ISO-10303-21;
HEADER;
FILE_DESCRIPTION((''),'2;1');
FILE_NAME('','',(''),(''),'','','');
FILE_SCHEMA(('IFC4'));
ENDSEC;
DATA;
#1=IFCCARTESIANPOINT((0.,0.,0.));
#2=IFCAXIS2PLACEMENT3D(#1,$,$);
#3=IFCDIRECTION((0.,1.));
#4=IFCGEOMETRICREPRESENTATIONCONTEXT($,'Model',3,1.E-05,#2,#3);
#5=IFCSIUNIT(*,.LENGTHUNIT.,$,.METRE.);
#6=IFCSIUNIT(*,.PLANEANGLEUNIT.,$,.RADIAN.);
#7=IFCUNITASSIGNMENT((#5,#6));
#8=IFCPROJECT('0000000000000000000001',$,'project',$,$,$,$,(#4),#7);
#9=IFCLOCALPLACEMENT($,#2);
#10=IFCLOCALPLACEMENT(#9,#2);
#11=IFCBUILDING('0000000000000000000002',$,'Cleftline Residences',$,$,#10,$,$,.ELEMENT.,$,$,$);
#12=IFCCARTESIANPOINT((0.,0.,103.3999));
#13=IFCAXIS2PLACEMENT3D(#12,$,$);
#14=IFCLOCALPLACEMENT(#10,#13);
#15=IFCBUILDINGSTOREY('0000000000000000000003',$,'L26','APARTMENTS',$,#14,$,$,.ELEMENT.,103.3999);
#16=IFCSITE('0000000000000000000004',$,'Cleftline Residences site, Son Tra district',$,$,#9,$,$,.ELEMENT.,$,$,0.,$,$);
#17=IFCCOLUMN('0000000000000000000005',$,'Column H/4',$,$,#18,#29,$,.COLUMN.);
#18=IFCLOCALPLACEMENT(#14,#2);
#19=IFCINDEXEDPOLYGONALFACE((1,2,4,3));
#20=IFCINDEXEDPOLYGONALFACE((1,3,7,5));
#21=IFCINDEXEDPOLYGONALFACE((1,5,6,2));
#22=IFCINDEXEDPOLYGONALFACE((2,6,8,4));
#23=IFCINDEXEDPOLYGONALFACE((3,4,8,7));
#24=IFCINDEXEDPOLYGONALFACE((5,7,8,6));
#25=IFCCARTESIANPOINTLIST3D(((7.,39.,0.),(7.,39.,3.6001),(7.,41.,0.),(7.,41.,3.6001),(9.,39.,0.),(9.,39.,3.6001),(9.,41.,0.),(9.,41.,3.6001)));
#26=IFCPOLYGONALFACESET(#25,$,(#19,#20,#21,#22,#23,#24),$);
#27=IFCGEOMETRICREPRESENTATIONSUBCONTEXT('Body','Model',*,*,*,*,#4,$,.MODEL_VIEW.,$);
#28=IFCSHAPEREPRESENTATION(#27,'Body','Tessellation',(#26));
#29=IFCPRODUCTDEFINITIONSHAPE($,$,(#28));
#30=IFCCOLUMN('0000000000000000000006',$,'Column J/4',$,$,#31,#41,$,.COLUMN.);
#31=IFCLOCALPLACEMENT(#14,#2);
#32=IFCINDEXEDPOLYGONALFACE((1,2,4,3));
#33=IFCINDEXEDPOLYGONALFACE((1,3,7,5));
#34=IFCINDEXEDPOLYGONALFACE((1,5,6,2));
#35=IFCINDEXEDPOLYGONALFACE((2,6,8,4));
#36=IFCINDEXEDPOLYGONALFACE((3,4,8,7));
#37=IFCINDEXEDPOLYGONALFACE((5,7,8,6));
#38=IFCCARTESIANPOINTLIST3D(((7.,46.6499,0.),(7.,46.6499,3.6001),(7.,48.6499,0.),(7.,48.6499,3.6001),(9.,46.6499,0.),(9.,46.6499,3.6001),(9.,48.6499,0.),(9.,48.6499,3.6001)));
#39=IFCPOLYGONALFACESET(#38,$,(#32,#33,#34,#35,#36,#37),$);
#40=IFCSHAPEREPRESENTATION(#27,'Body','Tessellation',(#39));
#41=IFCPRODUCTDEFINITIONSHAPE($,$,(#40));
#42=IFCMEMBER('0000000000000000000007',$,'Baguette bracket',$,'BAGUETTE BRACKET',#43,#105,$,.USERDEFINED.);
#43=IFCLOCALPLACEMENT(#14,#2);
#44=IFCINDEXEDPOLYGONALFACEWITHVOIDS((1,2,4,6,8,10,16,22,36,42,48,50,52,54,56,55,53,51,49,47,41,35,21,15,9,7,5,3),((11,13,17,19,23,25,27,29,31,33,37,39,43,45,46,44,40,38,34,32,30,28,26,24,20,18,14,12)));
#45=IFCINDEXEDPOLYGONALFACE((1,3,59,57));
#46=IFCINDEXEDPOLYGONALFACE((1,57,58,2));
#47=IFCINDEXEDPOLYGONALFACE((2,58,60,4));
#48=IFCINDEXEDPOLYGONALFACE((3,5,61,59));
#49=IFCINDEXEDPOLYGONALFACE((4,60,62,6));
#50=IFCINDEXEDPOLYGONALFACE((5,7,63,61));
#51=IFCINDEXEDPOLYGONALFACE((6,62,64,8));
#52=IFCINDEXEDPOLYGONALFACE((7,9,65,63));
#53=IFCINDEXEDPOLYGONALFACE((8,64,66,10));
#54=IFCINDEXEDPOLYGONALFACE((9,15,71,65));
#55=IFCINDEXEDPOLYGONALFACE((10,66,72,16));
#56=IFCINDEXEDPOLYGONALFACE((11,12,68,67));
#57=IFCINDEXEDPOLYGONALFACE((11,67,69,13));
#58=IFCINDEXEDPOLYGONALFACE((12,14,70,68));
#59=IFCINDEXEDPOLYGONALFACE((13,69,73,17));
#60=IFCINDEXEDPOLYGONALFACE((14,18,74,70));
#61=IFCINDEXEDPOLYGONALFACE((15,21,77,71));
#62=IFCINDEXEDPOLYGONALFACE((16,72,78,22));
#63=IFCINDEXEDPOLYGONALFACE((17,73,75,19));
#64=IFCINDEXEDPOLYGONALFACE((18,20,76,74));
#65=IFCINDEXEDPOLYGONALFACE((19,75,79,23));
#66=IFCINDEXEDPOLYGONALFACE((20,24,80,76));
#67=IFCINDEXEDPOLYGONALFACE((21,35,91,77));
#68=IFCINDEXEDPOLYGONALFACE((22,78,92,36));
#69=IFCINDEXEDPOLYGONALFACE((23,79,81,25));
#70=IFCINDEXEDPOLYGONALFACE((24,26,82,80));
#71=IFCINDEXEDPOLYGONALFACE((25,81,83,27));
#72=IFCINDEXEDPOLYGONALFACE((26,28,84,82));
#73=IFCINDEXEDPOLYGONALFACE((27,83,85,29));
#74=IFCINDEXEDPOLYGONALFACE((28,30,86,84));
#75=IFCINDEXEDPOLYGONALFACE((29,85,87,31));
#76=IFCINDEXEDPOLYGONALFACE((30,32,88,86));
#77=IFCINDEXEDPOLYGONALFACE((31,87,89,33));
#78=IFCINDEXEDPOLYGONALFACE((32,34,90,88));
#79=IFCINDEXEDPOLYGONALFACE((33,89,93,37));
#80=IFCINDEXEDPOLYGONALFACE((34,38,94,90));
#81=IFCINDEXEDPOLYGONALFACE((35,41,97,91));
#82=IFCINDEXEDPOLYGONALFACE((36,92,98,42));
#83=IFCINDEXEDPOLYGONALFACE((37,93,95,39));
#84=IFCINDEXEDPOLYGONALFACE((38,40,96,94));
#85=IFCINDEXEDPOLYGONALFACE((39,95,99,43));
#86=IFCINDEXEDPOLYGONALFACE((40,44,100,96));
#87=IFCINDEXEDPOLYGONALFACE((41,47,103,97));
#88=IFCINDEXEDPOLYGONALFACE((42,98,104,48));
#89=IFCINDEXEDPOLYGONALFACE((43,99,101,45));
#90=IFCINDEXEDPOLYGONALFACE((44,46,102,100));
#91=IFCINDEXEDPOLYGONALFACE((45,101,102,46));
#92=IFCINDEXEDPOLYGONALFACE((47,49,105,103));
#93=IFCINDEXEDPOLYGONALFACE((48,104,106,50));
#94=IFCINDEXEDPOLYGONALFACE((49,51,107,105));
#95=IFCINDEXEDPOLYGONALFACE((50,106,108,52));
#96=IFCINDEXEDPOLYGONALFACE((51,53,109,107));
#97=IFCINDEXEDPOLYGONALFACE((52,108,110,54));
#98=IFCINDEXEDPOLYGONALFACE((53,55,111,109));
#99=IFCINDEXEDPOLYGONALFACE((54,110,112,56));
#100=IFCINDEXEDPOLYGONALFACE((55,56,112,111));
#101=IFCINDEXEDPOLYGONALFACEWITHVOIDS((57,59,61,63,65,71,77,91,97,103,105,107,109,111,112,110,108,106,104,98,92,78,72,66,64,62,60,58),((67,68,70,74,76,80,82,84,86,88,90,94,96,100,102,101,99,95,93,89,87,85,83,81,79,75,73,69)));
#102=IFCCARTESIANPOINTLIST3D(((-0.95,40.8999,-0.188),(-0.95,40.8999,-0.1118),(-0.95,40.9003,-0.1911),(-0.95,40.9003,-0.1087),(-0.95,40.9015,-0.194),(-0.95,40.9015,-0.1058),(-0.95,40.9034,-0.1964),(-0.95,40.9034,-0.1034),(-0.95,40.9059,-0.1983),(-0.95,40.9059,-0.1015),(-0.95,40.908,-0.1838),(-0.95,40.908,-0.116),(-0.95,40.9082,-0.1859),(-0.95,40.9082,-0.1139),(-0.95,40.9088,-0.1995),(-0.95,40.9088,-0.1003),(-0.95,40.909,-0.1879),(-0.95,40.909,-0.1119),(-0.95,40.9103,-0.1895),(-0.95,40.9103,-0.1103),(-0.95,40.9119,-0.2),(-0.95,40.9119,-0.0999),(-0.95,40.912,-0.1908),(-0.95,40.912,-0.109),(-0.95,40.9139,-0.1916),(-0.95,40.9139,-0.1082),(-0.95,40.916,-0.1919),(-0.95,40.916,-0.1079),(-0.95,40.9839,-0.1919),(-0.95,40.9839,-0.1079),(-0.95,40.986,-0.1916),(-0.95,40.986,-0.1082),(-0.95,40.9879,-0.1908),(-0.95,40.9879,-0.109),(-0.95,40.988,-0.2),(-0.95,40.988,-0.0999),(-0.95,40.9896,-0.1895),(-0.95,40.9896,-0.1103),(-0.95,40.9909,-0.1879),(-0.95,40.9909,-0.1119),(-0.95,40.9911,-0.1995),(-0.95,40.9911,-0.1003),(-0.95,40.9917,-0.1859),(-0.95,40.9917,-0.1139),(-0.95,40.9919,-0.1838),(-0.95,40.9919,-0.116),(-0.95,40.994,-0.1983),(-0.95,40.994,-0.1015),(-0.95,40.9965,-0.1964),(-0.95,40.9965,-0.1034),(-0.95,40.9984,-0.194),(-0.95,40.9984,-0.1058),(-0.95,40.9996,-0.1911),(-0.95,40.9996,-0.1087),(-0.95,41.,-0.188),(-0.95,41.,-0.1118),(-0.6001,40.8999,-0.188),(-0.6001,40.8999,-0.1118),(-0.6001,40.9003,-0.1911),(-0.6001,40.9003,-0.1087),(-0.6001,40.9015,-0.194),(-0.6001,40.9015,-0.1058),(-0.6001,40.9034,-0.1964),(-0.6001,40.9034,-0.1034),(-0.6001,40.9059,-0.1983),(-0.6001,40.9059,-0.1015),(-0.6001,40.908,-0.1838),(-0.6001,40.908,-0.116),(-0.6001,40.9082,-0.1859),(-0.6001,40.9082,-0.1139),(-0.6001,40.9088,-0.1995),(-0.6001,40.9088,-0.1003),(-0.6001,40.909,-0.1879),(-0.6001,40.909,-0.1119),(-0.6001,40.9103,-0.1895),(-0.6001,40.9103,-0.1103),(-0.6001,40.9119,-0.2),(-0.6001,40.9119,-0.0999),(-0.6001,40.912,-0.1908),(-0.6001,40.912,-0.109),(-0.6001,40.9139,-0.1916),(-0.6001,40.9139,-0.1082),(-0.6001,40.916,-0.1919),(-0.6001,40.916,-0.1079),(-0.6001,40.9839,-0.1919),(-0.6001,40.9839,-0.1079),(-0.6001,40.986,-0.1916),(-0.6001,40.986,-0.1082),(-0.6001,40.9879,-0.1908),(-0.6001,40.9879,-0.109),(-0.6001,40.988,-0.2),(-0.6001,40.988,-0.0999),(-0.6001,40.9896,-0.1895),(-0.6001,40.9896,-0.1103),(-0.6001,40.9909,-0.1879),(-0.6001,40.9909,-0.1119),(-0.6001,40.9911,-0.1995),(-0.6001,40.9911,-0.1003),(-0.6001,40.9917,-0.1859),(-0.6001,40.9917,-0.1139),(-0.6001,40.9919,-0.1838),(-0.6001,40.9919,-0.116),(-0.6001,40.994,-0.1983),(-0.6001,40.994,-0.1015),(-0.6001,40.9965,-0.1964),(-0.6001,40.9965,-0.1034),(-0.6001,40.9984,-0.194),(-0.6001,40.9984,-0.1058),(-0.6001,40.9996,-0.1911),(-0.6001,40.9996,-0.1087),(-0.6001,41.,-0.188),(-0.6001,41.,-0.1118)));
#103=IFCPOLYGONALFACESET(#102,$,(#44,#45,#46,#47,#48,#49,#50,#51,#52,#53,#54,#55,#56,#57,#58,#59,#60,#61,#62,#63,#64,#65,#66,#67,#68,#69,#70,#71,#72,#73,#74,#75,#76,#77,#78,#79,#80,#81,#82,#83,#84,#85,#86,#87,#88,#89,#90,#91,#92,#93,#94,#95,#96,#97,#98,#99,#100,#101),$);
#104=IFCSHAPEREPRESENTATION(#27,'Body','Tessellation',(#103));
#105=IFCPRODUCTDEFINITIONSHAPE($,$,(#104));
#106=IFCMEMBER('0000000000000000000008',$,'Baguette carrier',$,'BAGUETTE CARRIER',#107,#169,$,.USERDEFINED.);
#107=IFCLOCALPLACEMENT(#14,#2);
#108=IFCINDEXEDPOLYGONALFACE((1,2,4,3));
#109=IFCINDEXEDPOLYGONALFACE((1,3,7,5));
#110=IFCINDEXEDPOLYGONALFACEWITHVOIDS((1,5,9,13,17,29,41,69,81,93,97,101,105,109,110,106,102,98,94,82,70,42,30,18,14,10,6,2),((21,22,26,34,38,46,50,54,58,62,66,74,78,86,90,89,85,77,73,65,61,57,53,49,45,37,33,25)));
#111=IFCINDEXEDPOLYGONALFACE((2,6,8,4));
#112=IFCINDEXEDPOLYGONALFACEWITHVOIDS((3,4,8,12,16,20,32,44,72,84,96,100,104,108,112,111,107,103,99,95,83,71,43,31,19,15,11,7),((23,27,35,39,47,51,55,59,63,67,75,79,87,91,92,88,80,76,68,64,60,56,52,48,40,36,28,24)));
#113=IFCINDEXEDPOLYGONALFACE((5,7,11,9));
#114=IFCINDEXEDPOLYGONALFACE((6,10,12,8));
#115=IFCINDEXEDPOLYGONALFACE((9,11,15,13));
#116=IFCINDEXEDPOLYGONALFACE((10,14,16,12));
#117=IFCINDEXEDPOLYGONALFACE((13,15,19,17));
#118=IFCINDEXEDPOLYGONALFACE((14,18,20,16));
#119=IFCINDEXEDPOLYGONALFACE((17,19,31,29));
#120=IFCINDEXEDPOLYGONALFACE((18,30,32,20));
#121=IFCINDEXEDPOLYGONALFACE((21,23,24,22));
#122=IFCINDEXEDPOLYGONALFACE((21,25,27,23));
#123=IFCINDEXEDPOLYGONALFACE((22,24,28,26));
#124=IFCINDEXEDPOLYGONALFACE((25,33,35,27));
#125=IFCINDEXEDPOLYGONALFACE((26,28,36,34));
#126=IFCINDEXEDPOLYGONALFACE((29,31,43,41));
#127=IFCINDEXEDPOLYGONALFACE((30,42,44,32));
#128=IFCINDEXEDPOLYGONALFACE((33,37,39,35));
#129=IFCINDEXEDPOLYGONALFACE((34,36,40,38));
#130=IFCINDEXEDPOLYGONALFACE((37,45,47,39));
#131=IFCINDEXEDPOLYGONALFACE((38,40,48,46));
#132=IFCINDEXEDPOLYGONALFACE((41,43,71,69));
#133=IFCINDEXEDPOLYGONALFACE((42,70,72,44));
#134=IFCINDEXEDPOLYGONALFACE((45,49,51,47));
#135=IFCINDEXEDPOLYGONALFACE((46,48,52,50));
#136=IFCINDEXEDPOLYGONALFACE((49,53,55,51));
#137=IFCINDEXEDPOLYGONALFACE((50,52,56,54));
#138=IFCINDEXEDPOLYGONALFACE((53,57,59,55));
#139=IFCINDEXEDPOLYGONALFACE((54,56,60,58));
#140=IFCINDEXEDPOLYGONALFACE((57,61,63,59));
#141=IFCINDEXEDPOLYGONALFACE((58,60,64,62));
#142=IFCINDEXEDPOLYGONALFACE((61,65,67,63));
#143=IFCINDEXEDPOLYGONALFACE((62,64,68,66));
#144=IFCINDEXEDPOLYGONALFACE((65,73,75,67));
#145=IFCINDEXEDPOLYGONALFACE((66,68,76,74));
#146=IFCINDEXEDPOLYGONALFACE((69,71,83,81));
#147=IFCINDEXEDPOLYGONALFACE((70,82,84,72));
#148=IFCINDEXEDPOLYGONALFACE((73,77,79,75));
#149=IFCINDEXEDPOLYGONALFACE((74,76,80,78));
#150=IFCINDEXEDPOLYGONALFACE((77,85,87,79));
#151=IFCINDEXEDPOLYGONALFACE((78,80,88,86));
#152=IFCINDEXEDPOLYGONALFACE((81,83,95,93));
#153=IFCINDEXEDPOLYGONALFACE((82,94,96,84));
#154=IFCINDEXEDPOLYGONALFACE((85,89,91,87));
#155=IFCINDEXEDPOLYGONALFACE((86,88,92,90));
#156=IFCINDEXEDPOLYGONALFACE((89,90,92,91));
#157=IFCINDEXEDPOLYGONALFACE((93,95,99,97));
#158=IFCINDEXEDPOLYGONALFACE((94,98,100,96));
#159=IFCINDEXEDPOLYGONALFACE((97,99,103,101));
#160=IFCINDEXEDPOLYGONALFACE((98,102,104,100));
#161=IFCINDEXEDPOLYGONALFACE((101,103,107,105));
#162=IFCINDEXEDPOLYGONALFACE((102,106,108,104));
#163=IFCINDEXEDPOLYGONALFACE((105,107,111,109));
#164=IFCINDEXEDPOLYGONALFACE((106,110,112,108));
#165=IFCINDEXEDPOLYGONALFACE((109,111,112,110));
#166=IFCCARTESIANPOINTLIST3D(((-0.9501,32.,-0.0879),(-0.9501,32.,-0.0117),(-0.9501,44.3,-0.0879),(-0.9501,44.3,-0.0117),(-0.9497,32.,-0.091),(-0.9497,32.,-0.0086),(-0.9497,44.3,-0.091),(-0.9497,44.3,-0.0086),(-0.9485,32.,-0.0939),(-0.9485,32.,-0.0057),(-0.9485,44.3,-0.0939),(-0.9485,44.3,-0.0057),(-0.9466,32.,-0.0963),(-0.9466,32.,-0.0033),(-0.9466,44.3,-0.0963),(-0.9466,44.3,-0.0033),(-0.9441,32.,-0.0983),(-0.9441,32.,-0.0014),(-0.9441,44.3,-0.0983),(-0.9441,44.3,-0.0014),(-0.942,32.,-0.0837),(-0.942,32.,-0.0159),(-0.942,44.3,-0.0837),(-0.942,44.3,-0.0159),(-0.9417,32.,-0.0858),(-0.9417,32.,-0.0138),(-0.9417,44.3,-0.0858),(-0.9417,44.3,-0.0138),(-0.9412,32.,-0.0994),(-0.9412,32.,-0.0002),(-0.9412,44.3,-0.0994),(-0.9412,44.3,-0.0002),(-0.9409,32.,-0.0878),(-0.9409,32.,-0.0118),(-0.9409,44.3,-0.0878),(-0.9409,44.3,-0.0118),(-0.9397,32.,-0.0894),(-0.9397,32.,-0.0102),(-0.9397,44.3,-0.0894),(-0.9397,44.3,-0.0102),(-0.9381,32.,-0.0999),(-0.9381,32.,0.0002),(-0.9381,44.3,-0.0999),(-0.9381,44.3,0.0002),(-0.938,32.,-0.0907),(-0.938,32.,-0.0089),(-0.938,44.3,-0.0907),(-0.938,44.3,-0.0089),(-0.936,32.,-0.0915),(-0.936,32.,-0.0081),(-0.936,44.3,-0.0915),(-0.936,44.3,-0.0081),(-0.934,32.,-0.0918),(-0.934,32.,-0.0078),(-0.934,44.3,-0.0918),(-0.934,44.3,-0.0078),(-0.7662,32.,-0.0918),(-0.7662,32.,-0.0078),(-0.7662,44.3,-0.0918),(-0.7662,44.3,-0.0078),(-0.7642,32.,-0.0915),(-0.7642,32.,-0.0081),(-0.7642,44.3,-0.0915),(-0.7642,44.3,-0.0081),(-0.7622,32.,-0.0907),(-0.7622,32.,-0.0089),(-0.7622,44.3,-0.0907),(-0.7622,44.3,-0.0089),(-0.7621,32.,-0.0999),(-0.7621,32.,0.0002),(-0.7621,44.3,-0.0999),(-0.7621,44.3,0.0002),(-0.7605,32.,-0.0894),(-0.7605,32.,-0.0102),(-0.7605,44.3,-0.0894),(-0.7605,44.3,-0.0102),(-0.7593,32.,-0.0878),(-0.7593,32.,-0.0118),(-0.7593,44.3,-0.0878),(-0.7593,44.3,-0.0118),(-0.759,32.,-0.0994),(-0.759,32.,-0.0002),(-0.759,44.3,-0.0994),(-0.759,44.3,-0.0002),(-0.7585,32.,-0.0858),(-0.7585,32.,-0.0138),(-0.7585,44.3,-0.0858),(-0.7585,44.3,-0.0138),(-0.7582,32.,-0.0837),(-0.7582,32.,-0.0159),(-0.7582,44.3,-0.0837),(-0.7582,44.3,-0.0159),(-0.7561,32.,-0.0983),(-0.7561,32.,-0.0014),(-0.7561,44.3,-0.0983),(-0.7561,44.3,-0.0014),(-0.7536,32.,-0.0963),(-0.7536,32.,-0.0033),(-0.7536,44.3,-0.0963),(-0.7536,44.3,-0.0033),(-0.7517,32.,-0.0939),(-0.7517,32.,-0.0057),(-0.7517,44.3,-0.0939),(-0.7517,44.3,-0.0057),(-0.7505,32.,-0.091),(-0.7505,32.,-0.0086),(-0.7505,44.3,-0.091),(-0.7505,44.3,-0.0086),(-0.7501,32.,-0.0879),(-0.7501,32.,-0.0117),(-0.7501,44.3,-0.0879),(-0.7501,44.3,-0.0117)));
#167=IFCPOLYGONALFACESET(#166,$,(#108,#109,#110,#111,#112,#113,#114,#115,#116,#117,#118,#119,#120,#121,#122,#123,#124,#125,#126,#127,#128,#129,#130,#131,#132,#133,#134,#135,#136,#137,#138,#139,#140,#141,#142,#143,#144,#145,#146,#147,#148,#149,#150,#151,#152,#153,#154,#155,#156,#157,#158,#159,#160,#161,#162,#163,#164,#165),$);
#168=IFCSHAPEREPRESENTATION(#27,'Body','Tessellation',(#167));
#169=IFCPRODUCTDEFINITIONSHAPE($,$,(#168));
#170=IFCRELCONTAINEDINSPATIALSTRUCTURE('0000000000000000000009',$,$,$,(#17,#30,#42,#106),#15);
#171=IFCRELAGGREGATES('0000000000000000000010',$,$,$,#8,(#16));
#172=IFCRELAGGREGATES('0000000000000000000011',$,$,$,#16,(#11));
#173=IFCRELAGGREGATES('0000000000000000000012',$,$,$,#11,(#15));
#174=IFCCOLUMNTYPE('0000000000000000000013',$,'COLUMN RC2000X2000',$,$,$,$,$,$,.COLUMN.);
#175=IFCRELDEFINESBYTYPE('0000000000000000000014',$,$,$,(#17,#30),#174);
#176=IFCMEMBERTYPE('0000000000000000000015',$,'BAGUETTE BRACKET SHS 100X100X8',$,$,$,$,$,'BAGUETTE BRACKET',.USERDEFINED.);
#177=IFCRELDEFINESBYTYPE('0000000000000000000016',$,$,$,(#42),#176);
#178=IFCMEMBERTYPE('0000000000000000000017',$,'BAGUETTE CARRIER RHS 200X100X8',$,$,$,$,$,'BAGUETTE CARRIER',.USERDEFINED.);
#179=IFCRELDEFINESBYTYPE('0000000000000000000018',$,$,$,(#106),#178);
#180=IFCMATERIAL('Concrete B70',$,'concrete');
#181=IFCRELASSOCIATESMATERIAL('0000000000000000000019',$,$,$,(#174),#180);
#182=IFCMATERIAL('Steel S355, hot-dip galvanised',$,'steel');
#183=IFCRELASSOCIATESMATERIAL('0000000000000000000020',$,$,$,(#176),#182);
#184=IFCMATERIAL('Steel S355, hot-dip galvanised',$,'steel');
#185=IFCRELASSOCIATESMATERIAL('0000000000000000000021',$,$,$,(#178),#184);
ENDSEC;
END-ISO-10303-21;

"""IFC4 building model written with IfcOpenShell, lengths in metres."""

from ifc_helpers import new_model, si_unit, direction, frame, origin, origin_2d, place, context, subcontext, project, spatial, rectangle, hollow_rectangle, extrude, material, material_profile, profile_set, type_object, element, save


model = new_model("IFC4")

# Units and contexts
model_context = context("Model", 3, precision=1e-05, world=origin(), true_north=direction((0.0, 1.0)))
body_context = subcontext(model_context, "Body", "Model", "MODEL_VIEW")
ifc_project = project(units=[si_unit("LENGTHUNIT", "METRE"), si_unit("PLANEANGLEUNIT", "RADIAN")], contexts=[model_context])

# Site, building, storey
site_placement = place(None, origin())
site = spatial("IfcSite", under=ifc_project, at=site_placement, Name="Cleftline Residences site, Son Tra district", CompositionType="ELEMENT", RefElevation=0.0)
building_placement = place(site_placement, origin())
building = spatial("IfcBuilding", under=site, at=building_placement, Name="Cleftline Residences", CompositionType="ELEMENT")
storey_placement = place(building_placement, frame((0.0, 0.0, 103.3999)))
storey = spatial("IfcBuildingStorey", under=building, at=storey_placement, Name="L26", Description="APARTMENTS", CompositionType="ELEMENT", Elevation=103.3999)

# Columns
ifc_material_1 = material(Name="Concrete B70", Category="concrete")
ifc_material_profile_1 = material_profile(ifc_material_1, rectangle(XDim=2.0, YDim=2.0, at=origin_2d()))
ifc_profile_set_1 = profile_set([ifc_material_profile_1], Name="Concrete B70")
column_type = type_object("IfcColumnType", Name="COLUMN RC2000X2000", PredefinedType="COLUMN", material=ifc_profile_set_1)
for number, where, z_axis, x_axis, name in (
    (1, (8.0, 40.0, 0.0), (0.0, 0.0, 1.0), (1.0, 0.0, 0.0), "Column H/4"),
    (2, (8.0, 47.6499, 0.0), (0.0, 0.0, 1.0), (1.0, 0.0, 0.0), "Column J/4"),
):
    element("IfcColumn", number, at=place(storey_placement, frame(where, z_axis=z_axis, x_axis=x_axis)), inside=storey, type_object=column_type, Name=name, PredefinedType="COLUMN", context=body_context, shape_type="SweptSolid", body=[
        extrude(rectangle(XDim=2.0, YDim=2.0, at=origin_2d()), origin(), (0.0, 0.0, 1.0), 3.6001),
    ])

# Members
ifc_material_2 = material(Name="Steel S355, hot-dip galvanised", Category="steel")
ifc_material_profile_2 = material_profile(ifc_material_2, hollow_rectangle(XDim=0.1001, YDim=0.1001, WallThickness=0.0081, InnerFilletRadius=0.0081, OuterFilletRadius=0.012, at=origin_2d()))
ifc_profile_set_2 = profile_set([ifc_material_profile_2], Name="Steel S355, hot-dip galvanised")
member_type_1 = type_object("IfcMemberType", Name="BAGUETTE BRACKET SHS 100X100X8", ElementType="BAGUETTE BRACKET", PredefinedType="USERDEFINED", material=ifc_profile_set_2)
member_1_placement = place(storey_placement, frame((-0.6001, 40.95, -0.1499), z_axis=(-1.0, 0.0, 0.0), x_axis=(0.0, -1.0, 0.0)))
element("IfcMember", 3, at=member_1_placement, inside=storey, type_object=member_type_1, Name="Baguette bracket", ObjectType="BAGUETTE BRACKET", PredefinedType="USERDEFINED", context=body_context, shape_type="SweptSolid", body=[
    extrude(hollow_rectangle(XDim=0.1001, YDim=0.1001, WallThickness=0.0081, InnerFilletRadius=0.0081, OuterFilletRadius=0.012, at=origin_2d()), origin(), (0.0, 0.0, 1.0), 0.3499),
])
ifc_material_3 = material(Name="Steel S355, hot-dip galvanised", Category="steel")
ifc_material_profile_3 = material_profile(ifc_material_3, hollow_rectangle(XDim=0.1001, YDim=0.2, WallThickness=0.0081, InnerFilletRadius=0.0081, OuterFilletRadius=0.012, at=origin_2d()))
ifc_profile_set_3 = profile_set([ifc_material_profile_3], Name="Steel S355, hot-dip galvanised")
member_type_2 = type_object("IfcMemberType", Name="BAGUETTE CARRIER RHS 200X100X8", ElementType="BAGUETTE CARRIER", PredefinedType="USERDEFINED", material=ifc_profile_set_3)
member_2_placement = place(storey_placement, frame((-0.8501, 44.3, -0.0498), z_axis=(0.0, -1.0, 0.0), x_axis=(0.0, 0.0, 1.0)))
element("IfcMember", 4, at=member_2_placement, inside=storey, type_object=member_type_2, Name="Baguette carrier", ObjectType="BAGUETTE CARRIER", PredefinedType="USERDEFINED", context=body_context, shape_type="SweptSolid", body=[
    extrude(hollow_rectangle(XDim=0.1001, YDim=0.2, WallThickness=0.0081, InnerFilletRadius=0.0081, OuterFilletRadius=0.012, at=origin_2d()), origin(), (0.0, 0.0, 1.0), 12.3),
])

save(model, "model.ifc")
